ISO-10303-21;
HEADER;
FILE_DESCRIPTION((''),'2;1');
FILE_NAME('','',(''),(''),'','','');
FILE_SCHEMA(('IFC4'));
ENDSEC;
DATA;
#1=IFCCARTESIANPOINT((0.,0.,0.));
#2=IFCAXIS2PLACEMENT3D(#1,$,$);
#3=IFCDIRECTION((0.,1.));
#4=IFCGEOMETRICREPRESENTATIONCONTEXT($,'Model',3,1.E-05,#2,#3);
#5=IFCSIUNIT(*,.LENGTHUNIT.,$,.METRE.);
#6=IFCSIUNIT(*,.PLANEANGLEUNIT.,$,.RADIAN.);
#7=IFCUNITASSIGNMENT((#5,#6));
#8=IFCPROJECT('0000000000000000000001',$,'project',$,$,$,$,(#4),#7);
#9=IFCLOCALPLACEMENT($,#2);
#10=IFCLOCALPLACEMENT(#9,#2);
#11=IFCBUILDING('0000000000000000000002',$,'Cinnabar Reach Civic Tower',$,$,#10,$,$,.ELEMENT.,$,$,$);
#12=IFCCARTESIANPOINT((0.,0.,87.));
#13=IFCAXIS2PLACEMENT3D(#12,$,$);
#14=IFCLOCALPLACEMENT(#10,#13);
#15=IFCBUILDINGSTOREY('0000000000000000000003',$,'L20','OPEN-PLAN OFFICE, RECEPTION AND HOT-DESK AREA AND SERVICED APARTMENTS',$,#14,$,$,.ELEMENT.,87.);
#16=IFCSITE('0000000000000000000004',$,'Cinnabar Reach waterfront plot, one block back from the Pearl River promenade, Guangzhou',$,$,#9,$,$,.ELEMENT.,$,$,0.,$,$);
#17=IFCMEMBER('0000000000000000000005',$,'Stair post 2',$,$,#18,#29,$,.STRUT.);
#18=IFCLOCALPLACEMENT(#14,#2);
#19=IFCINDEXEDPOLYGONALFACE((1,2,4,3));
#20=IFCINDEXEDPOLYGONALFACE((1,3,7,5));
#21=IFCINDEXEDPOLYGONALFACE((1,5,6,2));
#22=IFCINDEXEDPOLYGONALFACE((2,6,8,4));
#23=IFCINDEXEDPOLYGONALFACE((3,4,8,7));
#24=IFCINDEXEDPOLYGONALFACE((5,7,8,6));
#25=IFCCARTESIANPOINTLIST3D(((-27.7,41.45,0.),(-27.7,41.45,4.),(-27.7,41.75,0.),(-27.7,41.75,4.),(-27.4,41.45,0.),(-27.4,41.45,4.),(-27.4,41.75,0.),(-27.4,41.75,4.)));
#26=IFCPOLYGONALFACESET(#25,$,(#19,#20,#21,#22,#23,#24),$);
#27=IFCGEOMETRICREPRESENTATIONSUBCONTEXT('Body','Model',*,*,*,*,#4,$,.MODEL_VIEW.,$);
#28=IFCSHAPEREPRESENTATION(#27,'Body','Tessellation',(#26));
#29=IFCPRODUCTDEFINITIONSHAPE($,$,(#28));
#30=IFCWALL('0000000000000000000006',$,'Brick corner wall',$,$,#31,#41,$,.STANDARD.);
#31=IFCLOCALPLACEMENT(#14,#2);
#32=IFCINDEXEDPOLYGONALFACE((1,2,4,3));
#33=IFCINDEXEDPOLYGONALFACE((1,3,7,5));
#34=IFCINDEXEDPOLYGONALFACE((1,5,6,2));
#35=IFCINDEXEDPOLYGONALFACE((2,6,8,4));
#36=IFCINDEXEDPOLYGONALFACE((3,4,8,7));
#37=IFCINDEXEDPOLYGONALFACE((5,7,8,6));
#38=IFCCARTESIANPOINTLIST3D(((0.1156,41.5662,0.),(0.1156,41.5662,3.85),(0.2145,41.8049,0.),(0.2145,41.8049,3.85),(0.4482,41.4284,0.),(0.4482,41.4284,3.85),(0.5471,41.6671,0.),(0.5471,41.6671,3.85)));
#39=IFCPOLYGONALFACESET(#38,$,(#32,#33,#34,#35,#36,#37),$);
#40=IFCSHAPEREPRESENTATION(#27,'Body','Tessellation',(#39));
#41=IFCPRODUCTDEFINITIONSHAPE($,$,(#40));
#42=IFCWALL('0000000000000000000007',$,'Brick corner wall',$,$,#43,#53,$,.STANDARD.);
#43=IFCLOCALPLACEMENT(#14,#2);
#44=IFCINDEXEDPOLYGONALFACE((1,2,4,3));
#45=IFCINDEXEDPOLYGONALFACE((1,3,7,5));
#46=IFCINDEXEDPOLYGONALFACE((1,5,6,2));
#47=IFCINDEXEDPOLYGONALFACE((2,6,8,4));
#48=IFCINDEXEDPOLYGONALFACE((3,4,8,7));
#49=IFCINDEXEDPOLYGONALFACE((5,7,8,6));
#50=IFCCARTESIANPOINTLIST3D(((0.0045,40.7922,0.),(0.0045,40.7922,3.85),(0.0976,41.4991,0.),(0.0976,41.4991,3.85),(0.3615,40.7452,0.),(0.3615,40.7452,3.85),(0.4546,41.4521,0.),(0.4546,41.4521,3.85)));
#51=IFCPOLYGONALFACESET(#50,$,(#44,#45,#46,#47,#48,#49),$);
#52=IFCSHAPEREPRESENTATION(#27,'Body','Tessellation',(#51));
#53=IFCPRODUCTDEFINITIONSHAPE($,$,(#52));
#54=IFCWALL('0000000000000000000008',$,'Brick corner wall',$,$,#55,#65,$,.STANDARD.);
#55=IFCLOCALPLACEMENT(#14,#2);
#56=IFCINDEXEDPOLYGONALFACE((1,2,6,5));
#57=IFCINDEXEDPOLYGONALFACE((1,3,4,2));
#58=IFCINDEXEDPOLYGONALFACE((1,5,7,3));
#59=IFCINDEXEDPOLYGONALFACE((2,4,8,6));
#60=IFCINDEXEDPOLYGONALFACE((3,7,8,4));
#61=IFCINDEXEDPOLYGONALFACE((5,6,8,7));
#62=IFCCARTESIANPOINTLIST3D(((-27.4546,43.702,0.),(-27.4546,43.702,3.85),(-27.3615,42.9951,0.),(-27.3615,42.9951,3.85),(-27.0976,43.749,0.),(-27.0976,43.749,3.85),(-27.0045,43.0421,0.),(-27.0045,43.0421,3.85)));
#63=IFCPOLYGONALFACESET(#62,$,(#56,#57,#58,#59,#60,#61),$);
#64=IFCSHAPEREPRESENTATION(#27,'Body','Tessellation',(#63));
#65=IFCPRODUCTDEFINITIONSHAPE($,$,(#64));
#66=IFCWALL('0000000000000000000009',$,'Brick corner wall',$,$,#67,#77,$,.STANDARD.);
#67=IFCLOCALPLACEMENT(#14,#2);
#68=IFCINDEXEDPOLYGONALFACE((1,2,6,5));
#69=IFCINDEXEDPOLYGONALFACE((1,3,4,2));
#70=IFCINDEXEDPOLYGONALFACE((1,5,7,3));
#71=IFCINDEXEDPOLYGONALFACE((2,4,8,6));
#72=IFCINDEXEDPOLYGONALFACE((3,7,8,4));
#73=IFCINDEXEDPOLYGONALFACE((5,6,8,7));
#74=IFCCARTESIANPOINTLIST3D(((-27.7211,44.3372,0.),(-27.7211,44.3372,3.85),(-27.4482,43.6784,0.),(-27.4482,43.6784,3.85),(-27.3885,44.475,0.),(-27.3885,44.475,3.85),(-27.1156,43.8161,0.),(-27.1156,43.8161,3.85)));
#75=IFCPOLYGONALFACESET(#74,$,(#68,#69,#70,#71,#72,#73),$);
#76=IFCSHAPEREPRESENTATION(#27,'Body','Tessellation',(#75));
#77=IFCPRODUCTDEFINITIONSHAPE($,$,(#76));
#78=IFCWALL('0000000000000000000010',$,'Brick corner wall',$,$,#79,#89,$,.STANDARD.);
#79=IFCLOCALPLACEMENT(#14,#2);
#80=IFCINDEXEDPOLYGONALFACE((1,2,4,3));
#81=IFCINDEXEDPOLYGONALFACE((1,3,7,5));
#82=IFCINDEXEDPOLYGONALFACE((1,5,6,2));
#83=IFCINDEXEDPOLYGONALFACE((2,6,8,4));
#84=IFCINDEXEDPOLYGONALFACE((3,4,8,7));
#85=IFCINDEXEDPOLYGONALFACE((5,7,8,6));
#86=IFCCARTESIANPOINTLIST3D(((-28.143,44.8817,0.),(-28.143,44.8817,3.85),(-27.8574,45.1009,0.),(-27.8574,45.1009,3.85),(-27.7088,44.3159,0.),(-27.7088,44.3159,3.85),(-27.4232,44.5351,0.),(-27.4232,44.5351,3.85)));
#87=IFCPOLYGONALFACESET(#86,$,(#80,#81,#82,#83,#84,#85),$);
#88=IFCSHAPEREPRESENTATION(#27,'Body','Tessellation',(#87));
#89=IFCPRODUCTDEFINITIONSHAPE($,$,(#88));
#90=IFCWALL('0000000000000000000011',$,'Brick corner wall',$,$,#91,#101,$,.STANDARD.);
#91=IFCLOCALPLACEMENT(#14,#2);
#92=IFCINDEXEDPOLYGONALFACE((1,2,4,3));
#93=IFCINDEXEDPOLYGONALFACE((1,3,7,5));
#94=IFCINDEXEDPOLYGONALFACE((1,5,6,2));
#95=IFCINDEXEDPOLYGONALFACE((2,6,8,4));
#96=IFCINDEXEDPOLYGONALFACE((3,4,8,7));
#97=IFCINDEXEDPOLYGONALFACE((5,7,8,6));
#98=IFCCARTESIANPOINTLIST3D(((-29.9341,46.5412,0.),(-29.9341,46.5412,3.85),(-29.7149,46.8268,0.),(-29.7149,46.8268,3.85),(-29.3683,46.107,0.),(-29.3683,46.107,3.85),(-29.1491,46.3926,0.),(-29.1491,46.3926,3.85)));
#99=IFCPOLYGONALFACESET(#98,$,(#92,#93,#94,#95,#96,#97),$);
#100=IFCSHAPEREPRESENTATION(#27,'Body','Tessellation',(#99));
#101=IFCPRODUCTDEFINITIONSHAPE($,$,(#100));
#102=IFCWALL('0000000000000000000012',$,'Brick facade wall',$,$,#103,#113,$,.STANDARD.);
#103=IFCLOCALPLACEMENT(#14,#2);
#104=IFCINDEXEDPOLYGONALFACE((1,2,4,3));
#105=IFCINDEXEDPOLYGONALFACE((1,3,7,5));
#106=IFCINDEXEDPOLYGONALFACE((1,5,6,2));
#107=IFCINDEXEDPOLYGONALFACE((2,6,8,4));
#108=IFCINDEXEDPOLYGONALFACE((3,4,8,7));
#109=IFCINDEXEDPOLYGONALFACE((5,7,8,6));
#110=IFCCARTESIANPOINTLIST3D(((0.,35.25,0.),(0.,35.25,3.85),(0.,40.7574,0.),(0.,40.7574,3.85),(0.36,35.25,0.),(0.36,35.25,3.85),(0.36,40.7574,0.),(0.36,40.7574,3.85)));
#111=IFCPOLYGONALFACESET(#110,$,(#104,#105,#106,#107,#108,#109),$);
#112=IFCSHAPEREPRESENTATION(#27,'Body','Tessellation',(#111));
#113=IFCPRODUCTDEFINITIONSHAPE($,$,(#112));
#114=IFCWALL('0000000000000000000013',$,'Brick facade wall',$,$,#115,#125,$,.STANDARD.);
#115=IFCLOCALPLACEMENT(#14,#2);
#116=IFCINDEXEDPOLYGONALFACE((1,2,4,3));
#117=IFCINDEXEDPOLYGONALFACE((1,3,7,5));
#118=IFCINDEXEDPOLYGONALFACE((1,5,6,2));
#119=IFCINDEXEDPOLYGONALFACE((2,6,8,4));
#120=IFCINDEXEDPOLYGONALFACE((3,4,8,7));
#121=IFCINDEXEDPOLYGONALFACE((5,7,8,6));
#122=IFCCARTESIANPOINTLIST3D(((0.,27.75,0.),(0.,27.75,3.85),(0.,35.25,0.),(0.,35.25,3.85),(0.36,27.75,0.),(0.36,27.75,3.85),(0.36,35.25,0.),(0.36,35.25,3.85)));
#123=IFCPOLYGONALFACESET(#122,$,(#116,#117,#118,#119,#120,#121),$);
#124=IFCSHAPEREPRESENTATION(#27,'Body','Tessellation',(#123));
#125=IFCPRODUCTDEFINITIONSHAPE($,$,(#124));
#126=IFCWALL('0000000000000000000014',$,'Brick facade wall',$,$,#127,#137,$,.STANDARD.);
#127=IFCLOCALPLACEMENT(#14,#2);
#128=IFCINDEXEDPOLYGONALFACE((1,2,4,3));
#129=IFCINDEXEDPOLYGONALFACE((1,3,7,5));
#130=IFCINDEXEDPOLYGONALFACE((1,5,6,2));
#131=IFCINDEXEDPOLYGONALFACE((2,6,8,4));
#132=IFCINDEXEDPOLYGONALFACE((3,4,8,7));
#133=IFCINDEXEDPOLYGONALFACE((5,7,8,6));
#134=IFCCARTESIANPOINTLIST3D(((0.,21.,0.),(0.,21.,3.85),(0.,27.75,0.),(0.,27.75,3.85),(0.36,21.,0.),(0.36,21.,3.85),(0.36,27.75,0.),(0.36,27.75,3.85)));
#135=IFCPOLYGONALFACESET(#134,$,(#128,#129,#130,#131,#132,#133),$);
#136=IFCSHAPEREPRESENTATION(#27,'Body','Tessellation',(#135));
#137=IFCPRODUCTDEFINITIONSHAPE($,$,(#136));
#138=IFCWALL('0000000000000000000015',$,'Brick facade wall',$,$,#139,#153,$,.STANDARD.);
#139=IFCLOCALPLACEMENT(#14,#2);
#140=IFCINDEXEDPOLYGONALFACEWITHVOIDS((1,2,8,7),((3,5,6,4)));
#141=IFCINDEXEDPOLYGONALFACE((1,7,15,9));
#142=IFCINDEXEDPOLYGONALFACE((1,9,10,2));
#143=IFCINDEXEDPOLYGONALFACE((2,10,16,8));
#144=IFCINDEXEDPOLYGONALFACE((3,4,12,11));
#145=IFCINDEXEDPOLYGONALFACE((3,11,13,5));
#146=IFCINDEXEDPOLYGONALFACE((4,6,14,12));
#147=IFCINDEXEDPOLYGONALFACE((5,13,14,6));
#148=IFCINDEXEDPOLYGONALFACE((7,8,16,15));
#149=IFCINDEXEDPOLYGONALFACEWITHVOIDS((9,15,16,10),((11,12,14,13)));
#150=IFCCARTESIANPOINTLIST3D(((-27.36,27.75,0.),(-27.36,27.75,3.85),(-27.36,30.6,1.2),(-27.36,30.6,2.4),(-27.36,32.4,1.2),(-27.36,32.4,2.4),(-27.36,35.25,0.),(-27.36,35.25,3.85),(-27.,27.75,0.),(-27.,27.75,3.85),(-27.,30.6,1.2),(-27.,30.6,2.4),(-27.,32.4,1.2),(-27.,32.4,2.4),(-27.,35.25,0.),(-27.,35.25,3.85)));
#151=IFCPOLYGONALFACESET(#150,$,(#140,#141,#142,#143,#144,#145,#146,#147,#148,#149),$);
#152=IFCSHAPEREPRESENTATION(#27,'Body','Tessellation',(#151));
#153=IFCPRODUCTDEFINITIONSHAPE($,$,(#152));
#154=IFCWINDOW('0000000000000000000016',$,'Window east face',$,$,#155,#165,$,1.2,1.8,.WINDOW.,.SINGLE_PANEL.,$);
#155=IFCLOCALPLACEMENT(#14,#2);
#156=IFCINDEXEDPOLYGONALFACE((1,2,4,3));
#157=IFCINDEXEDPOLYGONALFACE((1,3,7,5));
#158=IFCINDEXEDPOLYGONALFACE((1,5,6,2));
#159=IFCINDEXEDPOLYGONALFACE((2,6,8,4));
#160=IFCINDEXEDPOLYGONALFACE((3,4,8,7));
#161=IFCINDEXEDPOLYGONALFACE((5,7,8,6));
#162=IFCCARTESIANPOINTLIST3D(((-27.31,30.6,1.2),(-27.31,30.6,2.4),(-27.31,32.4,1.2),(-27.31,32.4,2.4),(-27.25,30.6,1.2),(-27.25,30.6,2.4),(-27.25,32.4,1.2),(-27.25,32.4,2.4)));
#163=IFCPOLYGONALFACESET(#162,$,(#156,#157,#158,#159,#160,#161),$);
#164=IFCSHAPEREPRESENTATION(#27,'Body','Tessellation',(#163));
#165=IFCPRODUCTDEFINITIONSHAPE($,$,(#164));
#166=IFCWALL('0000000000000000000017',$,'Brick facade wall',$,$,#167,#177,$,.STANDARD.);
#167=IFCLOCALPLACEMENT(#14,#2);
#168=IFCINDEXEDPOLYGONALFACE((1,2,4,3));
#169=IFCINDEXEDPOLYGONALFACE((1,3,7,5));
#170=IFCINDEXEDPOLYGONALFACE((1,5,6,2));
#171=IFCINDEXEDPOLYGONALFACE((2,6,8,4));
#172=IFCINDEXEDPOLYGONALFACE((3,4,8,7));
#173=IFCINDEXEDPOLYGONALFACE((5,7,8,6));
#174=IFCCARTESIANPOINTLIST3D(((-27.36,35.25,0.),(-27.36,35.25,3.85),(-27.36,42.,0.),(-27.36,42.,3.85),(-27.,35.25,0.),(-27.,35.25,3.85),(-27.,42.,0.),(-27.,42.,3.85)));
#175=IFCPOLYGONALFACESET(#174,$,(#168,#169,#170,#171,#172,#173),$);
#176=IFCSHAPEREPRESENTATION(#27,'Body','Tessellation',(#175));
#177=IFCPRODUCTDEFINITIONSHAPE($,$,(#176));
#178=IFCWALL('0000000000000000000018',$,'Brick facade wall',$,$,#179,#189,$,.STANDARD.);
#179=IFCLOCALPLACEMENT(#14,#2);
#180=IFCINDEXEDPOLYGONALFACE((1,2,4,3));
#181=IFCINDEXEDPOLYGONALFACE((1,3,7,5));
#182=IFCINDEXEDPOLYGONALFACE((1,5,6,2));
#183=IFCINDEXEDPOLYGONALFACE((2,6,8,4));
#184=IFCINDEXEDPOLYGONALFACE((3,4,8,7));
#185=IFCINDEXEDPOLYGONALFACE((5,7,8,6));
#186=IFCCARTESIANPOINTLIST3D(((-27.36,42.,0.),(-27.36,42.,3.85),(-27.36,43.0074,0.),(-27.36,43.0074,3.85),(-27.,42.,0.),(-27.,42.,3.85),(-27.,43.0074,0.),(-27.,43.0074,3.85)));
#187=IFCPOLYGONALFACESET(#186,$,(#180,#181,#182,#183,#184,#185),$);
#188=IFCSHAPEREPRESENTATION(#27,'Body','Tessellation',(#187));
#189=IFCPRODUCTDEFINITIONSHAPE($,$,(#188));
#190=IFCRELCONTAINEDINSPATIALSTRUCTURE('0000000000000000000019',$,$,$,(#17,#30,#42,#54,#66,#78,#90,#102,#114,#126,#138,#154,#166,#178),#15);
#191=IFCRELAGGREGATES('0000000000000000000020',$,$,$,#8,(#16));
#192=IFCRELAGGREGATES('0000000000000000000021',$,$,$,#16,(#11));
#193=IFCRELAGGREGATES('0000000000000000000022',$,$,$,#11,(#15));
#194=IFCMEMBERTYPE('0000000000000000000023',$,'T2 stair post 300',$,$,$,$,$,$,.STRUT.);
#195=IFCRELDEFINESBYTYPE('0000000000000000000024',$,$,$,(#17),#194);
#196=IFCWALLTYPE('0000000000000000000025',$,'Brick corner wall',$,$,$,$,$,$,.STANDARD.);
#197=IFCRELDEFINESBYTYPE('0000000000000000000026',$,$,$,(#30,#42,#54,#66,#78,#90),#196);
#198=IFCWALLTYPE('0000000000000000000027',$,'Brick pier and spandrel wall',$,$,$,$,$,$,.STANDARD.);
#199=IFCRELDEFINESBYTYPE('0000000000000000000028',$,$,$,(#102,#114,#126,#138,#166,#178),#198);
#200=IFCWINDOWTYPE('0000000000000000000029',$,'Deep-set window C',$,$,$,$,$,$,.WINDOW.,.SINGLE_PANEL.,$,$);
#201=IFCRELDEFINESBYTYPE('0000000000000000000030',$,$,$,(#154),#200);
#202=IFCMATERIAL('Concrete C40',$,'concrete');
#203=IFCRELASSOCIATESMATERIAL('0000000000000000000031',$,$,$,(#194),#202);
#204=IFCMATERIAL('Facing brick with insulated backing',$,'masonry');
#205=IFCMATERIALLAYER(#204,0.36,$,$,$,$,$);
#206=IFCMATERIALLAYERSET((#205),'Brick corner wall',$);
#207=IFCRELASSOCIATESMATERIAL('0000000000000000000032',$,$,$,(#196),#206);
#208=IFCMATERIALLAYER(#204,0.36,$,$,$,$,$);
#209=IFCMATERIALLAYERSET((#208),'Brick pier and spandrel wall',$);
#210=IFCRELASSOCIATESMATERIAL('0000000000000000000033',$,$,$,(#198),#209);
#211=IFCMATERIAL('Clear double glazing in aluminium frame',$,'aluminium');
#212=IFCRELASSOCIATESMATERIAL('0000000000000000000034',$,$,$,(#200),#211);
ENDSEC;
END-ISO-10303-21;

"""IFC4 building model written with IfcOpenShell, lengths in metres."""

from ifc_helpers import new_model, si_unit, direction, frame, frame_2d, origin, origin_2d, place, context, subcontext, project, spatial, rectangle, extrude, material, layer, layer_set, material_profile, profile_set, type_object, element, fill, save


model = new_model("IFC4")

# Units and contexts
model_context = context("Model", 3, precision=1e-05, world=origin(), true_north=direction((0.0, 1.0)))
body_context = subcontext(model_context, "Body", "Model", "MODEL_VIEW")
ifc_project = project(units=[si_unit("LENGTHUNIT", "METRE"), si_unit("PLANEANGLEUNIT", "RADIAN")], contexts=[model_context])

# Site, building, storey
site_placement = place(None, origin())
site = spatial("IfcSite", under=ifc_project, at=site_placement, Name="Cinnabar Reach waterfront plot, one block back from the Pearl River promenade, Guangzhou", CompositionType="ELEMENT", RefElevation=0.0)
building_placement = place(site_placement, origin())
building = spatial("IfcBuilding", under=site, at=building_placement, Name="Cinnabar Reach Civic Tower", CompositionType="ELEMENT")
storey_placement = place(building_placement, frame((0.0, 0.0, 87.0)))
storey = spatial("IfcBuildingStorey", under=building, at=storey_placement, Name="L20", Description="OPEN-PLAN OFFICE, RECEPTION AND HOT-DESK AREA AND SERVICED APARTMENTS", CompositionType="ELEMENT", Elevation=87.0)

# Member
ifc_material_1 = material(Name="Concrete C40", Category="concrete")
ifc_material_profile_1 = material_profile(ifc_material_1, rectangle(XDim=0.3, YDim=0.3, at=origin_2d()), Name="C300")
ifc_profile_set_1 = profile_set([ifc_material_profile_1], Name="Concrete C40")
member_type = type_object("IfcMemberType", Name="T2 stair post 300", PredefinedType="STRUT", material=ifc_profile_set_1)
member_placement = place(storey_placement, frame((-27.55, 41.6, 0.0), z_axis=(0.0, 0.0, 1.0), x_axis=(1.0, 0.0, 0.0)))
element("IfcMember", 1, at=member_placement, inside=storey, type_object=member_type, Name="Stair post 2", PredefinedType="STRUT", context=body_context, shape_type="SweptSolid", body=[
    extrude(rectangle(XDim=0.3, YDim=0.3, at=origin_2d()), origin(), (0.0, 0.0, 1.0), 4.0),
])

# Walls
ifc_material_2 = material(Name="Facing brick with insulated backing", Category="masonry")
ifc_layer_1 = layer(ifc_material_2, 0.36)
ifc_layer_set_1 = layer_set([ifc_layer_1], Name="Brick corner wall")
wall_type_1 = type_object("IfcWallType", Name="Brick corner wall", PredefinedType="STANDARD", material=ifc_layer_set_1)
wall_1_placement = place(storey_placement, frame((0.3808, 41.736, 0.0), z_axis=(0.0, 0.0, 1.0), x_axis=(-0.382773, -0.923842, 0.0)))
element("IfcWall", 2, at=wall_1_placement, inside=storey, type_object=wall_type_1, Name="Brick corner wall", PredefinedType="STANDARD", context=body_context, shape_type="SweptSolid", body=[
    extrude(rectangle(XDim=0.2584, YDim=0.36, at=frame_2d((0.1292, 0.0))), origin(), (0.0, 0.0, 1.0), 3.85),
])
for number, where, z_axis, x_axis, name in (
    (3, (0.2761, 41.4756, 0.0), (0.0, 0.0, 1.0), (-0.130556, -0.991441, 0.0), "Brick corner wall"),
    (4, (-27.183, 43.0186, 0.0), (0.0, 0.0, 1.0), (-0.130556, 0.991441, 0.0), "Brick corner wall"),
    (5, (-27.2819, 43.7473, 0.0), (0.0, 0.0, 1.0), (-0.382703, 0.923872, 0.0), "Brick corner wall"),
):
    element("IfcWall", number, at=place(storey_placement, frame(where, z_axis=z_axis, x_axis=x_axis)), inside=storey, type_object=wall_type_1, Name=name, PredefinedType="STANDARD", context=body_context, shape_type="SweptSolid", body=[
        extrude(rectangle(XDim=0.7131, YDim=0.36, at=frame_2d((0.3565, 0.0))), origin(), (0.0, 0.0, 1.0), 3.85),
    ])
for number, where, z_axis, x_axis, name in (
    (6, (-27.566, 44.4255, 0.0), (0.0, 0.0, 1.0), (-0.608802, 0.793322, 0.0), "Brick corner wall"),
    (7, (-29.2587, 46.2498, 0.0), (0.0, 0.0, 1.0), (-0.793322, 0.608802, 0.0), "Brick corner wall"),
):
    element("IfcWall", number, at=place(storey_placement, frame(where, z_axis=z_axis, x_axis=x_axis)), inside=storey, type_object=wall_type_1, Name=name, PredefinedType="STANDARD", context=body_context, shape_type="SweptSolid", body=[
        extrude(rectangle(XDim=0.7132, YDim=0.36, at=frame_2d((0.3566, 0.0))), origin(), (0.0, 0.0, 1.0), 3.85),
    ])
ifc_layer_2 = layer(ifc_material_2, 0.36)
ifc_layer_set_2 = layer_set([ifc_layer_2], Name="Brick pier and spandrel wall")
wall_type_2 = type_object("IfcWallType", Name="Brick pier and spandrel wall", PredefinedType="STANDARD", material=ifc_layer_set_2)
wall_2_placement = place(storey_placement, frame((0.18, 40.7574, 0.0), z_axis=(0.0, 0.0, 1.0), x_axis=(0.0, -1.0, 0.0)))
element("IfcWall", 8, at=wall_2_placement, inside=storey, type_object=wall_type_2, Name="Brick facade wall", PredefinedType="STANDARD", context=body_context, shape_type="SweptSolid", body=[
    extrude(rectangle(XDim=5.5074, YDim=0.36, at=frame_2d((2.7537, 0.0))), origin(), (0.0, 0.0, 1.0), 3.85),
])
wall_3_placement = place(storey_placement, frame((0.18, 35.25, 0.0), z_axis=(0.0, 0.0, 1.0), x_axis=(0.0, -1.0, 0.0)))
element("IfcWall", 9, at=wall_3_placement, inside=storey, type_object=wall_type_2, Name="Brick facade wall", PredefinedType="STANDARD", context=body_context, shape_type="SweptSolid", body=[
    extrude(rectangle(XDim=7.5, YDim=0.36, at=frame_2d((3.75, 0.0))), origin(), (0.0, 0.0, 1.0), 3.85),
])
wall_4_placement = place(storey_placement, frame((0.18, 27.75, 0.0), z_axis=(0.0, 0.0, 1.0), x_axis=(0.0, -1.0, 0.0)))
element("IfcWall", 10, at=wall_4_placement, inside=storey, type_object=wall_type_2, Name="Brick facade wall", PredefinedType="STANDARD", context=body_context, shape_type="SweptSolid", body=[
    extrude(rectangle(XDim=6.75, YDim=0.36, at=frame_2d((3.375, 0.0))), origin(), (0.0, 0.0, 1.0), 3.85),
])

# Wall, opening, window
wall_5_placement = place(storey_placement, frame((-27.18, 27.75, 0.0), z_axis=(0.0, 0.0, 1.0), x_axis=(0.0, 1.0, 0.0)))
wall_5 = element("IfcWall", 11, at=wall_5_placement, inside=storey, type_object=wall_type_2, Name="Brick facade wall", PredefinedType="STANDARD", context=body_context, shape_type="SweptSolid", body=[
    extrude(rectangle(XDim=7.5, YDim=0.36, at=frame_2d((3.75, 0.0))), origin(), (0.0, 0.0, 1.0), 3.85),
])
opening_1_placement = place(wall_5_placement, frame((2.85, 0.0, 1.2)))
opening_1 = element("IfcOpeningElement", 12, at=opening_1_placement, cuts=wall_5, PredefinedType="OPENING", context=body_context, shape_type="SweptSolid", body=[
    extrude(rectangle(XDim=1.8, YDim=1.2, at=frame_2d((0.9, 0.6))), frame((0.0, 0.19, 0.0), z_axis=(0.0, -1.0, 0.0), x_axis=(1.0, 0.0, 0.0)), (0.0, 0.0, 1.0), 0.38),
])
ifc_material_3 = material(Name="Clear double glazing in aluminium frame", Category="aluminium")
window_type = type_object("IfcWindowType", Name="Deep-set window C", PartitioningType="SINGLE_PANEL", PredefinedType="WINDOW", material=ifc_material_3)
window_placement = place(opening_1_placement, origin())
window = element("IfcWindow", 13, at=window_placement, inside=storey, type_object=window_type, Name="Window east face", OverallHeight=1.2, OverallWidth=1.8, PartitioningType="SINGLE_PANEL", PredefinedType="WINDOW", context=body_context, shape_type="SweptSolid", body=[
    extrude(rectangle(XDim=1.8, YDim=1.2, at=frame_2d((0.9, 0.6))), frame((0.0, 0.13, 0.0), z_axis=(0.0, -1.0, 0.0), x_axis=(1.0, 0.0, 0.0)), (0.0, 0.0, 1.0), 0.06),
])
fill(opening_1, window)

# Walls
wall_6_placement = place(storey_placement, frame((-27.18, 35.25, 0.0), z_axis=(0.0, 0.0, 1.0), x_axis=(0.0, 1.0, 0.0)))
element("IfcWall", 14, at=wall_6_placement, inside=storey, type_object=wall_type_2, Name="Brick facade wall", PredefinedType="STANDARD", context=body_context, shape_type="SweptSolid", body=[
    extrude(rectangle(XDim=6.75, YDim=0.36, at=frame_2d((3.375, 0.0))), origin(), (0.0, 0.0, 1.0), 3.85),
])
wall_7_placement = place(storey_placement, frame((-27.18, 42.0, 0.0), z_axis=(0.0, 0.0, 1.0), x_axis=(0.0, 1.0, 0.0)))
element("IfcWall", 15, at=wall_7_placement, inside=storey, type_object=wall_type_2, Name="Brick facade wall", PredefinedType="STANDARD", context=body_context, shape_type="SweptSolid", body=[
    extrude(rectangle(XDim=1.0074, YDim=0.36, at=frame_2d((0.5037, 0.0))), origin(), (0.0, 0.0, 1.0), 3.85),
])

save(model, "model.ifc")
